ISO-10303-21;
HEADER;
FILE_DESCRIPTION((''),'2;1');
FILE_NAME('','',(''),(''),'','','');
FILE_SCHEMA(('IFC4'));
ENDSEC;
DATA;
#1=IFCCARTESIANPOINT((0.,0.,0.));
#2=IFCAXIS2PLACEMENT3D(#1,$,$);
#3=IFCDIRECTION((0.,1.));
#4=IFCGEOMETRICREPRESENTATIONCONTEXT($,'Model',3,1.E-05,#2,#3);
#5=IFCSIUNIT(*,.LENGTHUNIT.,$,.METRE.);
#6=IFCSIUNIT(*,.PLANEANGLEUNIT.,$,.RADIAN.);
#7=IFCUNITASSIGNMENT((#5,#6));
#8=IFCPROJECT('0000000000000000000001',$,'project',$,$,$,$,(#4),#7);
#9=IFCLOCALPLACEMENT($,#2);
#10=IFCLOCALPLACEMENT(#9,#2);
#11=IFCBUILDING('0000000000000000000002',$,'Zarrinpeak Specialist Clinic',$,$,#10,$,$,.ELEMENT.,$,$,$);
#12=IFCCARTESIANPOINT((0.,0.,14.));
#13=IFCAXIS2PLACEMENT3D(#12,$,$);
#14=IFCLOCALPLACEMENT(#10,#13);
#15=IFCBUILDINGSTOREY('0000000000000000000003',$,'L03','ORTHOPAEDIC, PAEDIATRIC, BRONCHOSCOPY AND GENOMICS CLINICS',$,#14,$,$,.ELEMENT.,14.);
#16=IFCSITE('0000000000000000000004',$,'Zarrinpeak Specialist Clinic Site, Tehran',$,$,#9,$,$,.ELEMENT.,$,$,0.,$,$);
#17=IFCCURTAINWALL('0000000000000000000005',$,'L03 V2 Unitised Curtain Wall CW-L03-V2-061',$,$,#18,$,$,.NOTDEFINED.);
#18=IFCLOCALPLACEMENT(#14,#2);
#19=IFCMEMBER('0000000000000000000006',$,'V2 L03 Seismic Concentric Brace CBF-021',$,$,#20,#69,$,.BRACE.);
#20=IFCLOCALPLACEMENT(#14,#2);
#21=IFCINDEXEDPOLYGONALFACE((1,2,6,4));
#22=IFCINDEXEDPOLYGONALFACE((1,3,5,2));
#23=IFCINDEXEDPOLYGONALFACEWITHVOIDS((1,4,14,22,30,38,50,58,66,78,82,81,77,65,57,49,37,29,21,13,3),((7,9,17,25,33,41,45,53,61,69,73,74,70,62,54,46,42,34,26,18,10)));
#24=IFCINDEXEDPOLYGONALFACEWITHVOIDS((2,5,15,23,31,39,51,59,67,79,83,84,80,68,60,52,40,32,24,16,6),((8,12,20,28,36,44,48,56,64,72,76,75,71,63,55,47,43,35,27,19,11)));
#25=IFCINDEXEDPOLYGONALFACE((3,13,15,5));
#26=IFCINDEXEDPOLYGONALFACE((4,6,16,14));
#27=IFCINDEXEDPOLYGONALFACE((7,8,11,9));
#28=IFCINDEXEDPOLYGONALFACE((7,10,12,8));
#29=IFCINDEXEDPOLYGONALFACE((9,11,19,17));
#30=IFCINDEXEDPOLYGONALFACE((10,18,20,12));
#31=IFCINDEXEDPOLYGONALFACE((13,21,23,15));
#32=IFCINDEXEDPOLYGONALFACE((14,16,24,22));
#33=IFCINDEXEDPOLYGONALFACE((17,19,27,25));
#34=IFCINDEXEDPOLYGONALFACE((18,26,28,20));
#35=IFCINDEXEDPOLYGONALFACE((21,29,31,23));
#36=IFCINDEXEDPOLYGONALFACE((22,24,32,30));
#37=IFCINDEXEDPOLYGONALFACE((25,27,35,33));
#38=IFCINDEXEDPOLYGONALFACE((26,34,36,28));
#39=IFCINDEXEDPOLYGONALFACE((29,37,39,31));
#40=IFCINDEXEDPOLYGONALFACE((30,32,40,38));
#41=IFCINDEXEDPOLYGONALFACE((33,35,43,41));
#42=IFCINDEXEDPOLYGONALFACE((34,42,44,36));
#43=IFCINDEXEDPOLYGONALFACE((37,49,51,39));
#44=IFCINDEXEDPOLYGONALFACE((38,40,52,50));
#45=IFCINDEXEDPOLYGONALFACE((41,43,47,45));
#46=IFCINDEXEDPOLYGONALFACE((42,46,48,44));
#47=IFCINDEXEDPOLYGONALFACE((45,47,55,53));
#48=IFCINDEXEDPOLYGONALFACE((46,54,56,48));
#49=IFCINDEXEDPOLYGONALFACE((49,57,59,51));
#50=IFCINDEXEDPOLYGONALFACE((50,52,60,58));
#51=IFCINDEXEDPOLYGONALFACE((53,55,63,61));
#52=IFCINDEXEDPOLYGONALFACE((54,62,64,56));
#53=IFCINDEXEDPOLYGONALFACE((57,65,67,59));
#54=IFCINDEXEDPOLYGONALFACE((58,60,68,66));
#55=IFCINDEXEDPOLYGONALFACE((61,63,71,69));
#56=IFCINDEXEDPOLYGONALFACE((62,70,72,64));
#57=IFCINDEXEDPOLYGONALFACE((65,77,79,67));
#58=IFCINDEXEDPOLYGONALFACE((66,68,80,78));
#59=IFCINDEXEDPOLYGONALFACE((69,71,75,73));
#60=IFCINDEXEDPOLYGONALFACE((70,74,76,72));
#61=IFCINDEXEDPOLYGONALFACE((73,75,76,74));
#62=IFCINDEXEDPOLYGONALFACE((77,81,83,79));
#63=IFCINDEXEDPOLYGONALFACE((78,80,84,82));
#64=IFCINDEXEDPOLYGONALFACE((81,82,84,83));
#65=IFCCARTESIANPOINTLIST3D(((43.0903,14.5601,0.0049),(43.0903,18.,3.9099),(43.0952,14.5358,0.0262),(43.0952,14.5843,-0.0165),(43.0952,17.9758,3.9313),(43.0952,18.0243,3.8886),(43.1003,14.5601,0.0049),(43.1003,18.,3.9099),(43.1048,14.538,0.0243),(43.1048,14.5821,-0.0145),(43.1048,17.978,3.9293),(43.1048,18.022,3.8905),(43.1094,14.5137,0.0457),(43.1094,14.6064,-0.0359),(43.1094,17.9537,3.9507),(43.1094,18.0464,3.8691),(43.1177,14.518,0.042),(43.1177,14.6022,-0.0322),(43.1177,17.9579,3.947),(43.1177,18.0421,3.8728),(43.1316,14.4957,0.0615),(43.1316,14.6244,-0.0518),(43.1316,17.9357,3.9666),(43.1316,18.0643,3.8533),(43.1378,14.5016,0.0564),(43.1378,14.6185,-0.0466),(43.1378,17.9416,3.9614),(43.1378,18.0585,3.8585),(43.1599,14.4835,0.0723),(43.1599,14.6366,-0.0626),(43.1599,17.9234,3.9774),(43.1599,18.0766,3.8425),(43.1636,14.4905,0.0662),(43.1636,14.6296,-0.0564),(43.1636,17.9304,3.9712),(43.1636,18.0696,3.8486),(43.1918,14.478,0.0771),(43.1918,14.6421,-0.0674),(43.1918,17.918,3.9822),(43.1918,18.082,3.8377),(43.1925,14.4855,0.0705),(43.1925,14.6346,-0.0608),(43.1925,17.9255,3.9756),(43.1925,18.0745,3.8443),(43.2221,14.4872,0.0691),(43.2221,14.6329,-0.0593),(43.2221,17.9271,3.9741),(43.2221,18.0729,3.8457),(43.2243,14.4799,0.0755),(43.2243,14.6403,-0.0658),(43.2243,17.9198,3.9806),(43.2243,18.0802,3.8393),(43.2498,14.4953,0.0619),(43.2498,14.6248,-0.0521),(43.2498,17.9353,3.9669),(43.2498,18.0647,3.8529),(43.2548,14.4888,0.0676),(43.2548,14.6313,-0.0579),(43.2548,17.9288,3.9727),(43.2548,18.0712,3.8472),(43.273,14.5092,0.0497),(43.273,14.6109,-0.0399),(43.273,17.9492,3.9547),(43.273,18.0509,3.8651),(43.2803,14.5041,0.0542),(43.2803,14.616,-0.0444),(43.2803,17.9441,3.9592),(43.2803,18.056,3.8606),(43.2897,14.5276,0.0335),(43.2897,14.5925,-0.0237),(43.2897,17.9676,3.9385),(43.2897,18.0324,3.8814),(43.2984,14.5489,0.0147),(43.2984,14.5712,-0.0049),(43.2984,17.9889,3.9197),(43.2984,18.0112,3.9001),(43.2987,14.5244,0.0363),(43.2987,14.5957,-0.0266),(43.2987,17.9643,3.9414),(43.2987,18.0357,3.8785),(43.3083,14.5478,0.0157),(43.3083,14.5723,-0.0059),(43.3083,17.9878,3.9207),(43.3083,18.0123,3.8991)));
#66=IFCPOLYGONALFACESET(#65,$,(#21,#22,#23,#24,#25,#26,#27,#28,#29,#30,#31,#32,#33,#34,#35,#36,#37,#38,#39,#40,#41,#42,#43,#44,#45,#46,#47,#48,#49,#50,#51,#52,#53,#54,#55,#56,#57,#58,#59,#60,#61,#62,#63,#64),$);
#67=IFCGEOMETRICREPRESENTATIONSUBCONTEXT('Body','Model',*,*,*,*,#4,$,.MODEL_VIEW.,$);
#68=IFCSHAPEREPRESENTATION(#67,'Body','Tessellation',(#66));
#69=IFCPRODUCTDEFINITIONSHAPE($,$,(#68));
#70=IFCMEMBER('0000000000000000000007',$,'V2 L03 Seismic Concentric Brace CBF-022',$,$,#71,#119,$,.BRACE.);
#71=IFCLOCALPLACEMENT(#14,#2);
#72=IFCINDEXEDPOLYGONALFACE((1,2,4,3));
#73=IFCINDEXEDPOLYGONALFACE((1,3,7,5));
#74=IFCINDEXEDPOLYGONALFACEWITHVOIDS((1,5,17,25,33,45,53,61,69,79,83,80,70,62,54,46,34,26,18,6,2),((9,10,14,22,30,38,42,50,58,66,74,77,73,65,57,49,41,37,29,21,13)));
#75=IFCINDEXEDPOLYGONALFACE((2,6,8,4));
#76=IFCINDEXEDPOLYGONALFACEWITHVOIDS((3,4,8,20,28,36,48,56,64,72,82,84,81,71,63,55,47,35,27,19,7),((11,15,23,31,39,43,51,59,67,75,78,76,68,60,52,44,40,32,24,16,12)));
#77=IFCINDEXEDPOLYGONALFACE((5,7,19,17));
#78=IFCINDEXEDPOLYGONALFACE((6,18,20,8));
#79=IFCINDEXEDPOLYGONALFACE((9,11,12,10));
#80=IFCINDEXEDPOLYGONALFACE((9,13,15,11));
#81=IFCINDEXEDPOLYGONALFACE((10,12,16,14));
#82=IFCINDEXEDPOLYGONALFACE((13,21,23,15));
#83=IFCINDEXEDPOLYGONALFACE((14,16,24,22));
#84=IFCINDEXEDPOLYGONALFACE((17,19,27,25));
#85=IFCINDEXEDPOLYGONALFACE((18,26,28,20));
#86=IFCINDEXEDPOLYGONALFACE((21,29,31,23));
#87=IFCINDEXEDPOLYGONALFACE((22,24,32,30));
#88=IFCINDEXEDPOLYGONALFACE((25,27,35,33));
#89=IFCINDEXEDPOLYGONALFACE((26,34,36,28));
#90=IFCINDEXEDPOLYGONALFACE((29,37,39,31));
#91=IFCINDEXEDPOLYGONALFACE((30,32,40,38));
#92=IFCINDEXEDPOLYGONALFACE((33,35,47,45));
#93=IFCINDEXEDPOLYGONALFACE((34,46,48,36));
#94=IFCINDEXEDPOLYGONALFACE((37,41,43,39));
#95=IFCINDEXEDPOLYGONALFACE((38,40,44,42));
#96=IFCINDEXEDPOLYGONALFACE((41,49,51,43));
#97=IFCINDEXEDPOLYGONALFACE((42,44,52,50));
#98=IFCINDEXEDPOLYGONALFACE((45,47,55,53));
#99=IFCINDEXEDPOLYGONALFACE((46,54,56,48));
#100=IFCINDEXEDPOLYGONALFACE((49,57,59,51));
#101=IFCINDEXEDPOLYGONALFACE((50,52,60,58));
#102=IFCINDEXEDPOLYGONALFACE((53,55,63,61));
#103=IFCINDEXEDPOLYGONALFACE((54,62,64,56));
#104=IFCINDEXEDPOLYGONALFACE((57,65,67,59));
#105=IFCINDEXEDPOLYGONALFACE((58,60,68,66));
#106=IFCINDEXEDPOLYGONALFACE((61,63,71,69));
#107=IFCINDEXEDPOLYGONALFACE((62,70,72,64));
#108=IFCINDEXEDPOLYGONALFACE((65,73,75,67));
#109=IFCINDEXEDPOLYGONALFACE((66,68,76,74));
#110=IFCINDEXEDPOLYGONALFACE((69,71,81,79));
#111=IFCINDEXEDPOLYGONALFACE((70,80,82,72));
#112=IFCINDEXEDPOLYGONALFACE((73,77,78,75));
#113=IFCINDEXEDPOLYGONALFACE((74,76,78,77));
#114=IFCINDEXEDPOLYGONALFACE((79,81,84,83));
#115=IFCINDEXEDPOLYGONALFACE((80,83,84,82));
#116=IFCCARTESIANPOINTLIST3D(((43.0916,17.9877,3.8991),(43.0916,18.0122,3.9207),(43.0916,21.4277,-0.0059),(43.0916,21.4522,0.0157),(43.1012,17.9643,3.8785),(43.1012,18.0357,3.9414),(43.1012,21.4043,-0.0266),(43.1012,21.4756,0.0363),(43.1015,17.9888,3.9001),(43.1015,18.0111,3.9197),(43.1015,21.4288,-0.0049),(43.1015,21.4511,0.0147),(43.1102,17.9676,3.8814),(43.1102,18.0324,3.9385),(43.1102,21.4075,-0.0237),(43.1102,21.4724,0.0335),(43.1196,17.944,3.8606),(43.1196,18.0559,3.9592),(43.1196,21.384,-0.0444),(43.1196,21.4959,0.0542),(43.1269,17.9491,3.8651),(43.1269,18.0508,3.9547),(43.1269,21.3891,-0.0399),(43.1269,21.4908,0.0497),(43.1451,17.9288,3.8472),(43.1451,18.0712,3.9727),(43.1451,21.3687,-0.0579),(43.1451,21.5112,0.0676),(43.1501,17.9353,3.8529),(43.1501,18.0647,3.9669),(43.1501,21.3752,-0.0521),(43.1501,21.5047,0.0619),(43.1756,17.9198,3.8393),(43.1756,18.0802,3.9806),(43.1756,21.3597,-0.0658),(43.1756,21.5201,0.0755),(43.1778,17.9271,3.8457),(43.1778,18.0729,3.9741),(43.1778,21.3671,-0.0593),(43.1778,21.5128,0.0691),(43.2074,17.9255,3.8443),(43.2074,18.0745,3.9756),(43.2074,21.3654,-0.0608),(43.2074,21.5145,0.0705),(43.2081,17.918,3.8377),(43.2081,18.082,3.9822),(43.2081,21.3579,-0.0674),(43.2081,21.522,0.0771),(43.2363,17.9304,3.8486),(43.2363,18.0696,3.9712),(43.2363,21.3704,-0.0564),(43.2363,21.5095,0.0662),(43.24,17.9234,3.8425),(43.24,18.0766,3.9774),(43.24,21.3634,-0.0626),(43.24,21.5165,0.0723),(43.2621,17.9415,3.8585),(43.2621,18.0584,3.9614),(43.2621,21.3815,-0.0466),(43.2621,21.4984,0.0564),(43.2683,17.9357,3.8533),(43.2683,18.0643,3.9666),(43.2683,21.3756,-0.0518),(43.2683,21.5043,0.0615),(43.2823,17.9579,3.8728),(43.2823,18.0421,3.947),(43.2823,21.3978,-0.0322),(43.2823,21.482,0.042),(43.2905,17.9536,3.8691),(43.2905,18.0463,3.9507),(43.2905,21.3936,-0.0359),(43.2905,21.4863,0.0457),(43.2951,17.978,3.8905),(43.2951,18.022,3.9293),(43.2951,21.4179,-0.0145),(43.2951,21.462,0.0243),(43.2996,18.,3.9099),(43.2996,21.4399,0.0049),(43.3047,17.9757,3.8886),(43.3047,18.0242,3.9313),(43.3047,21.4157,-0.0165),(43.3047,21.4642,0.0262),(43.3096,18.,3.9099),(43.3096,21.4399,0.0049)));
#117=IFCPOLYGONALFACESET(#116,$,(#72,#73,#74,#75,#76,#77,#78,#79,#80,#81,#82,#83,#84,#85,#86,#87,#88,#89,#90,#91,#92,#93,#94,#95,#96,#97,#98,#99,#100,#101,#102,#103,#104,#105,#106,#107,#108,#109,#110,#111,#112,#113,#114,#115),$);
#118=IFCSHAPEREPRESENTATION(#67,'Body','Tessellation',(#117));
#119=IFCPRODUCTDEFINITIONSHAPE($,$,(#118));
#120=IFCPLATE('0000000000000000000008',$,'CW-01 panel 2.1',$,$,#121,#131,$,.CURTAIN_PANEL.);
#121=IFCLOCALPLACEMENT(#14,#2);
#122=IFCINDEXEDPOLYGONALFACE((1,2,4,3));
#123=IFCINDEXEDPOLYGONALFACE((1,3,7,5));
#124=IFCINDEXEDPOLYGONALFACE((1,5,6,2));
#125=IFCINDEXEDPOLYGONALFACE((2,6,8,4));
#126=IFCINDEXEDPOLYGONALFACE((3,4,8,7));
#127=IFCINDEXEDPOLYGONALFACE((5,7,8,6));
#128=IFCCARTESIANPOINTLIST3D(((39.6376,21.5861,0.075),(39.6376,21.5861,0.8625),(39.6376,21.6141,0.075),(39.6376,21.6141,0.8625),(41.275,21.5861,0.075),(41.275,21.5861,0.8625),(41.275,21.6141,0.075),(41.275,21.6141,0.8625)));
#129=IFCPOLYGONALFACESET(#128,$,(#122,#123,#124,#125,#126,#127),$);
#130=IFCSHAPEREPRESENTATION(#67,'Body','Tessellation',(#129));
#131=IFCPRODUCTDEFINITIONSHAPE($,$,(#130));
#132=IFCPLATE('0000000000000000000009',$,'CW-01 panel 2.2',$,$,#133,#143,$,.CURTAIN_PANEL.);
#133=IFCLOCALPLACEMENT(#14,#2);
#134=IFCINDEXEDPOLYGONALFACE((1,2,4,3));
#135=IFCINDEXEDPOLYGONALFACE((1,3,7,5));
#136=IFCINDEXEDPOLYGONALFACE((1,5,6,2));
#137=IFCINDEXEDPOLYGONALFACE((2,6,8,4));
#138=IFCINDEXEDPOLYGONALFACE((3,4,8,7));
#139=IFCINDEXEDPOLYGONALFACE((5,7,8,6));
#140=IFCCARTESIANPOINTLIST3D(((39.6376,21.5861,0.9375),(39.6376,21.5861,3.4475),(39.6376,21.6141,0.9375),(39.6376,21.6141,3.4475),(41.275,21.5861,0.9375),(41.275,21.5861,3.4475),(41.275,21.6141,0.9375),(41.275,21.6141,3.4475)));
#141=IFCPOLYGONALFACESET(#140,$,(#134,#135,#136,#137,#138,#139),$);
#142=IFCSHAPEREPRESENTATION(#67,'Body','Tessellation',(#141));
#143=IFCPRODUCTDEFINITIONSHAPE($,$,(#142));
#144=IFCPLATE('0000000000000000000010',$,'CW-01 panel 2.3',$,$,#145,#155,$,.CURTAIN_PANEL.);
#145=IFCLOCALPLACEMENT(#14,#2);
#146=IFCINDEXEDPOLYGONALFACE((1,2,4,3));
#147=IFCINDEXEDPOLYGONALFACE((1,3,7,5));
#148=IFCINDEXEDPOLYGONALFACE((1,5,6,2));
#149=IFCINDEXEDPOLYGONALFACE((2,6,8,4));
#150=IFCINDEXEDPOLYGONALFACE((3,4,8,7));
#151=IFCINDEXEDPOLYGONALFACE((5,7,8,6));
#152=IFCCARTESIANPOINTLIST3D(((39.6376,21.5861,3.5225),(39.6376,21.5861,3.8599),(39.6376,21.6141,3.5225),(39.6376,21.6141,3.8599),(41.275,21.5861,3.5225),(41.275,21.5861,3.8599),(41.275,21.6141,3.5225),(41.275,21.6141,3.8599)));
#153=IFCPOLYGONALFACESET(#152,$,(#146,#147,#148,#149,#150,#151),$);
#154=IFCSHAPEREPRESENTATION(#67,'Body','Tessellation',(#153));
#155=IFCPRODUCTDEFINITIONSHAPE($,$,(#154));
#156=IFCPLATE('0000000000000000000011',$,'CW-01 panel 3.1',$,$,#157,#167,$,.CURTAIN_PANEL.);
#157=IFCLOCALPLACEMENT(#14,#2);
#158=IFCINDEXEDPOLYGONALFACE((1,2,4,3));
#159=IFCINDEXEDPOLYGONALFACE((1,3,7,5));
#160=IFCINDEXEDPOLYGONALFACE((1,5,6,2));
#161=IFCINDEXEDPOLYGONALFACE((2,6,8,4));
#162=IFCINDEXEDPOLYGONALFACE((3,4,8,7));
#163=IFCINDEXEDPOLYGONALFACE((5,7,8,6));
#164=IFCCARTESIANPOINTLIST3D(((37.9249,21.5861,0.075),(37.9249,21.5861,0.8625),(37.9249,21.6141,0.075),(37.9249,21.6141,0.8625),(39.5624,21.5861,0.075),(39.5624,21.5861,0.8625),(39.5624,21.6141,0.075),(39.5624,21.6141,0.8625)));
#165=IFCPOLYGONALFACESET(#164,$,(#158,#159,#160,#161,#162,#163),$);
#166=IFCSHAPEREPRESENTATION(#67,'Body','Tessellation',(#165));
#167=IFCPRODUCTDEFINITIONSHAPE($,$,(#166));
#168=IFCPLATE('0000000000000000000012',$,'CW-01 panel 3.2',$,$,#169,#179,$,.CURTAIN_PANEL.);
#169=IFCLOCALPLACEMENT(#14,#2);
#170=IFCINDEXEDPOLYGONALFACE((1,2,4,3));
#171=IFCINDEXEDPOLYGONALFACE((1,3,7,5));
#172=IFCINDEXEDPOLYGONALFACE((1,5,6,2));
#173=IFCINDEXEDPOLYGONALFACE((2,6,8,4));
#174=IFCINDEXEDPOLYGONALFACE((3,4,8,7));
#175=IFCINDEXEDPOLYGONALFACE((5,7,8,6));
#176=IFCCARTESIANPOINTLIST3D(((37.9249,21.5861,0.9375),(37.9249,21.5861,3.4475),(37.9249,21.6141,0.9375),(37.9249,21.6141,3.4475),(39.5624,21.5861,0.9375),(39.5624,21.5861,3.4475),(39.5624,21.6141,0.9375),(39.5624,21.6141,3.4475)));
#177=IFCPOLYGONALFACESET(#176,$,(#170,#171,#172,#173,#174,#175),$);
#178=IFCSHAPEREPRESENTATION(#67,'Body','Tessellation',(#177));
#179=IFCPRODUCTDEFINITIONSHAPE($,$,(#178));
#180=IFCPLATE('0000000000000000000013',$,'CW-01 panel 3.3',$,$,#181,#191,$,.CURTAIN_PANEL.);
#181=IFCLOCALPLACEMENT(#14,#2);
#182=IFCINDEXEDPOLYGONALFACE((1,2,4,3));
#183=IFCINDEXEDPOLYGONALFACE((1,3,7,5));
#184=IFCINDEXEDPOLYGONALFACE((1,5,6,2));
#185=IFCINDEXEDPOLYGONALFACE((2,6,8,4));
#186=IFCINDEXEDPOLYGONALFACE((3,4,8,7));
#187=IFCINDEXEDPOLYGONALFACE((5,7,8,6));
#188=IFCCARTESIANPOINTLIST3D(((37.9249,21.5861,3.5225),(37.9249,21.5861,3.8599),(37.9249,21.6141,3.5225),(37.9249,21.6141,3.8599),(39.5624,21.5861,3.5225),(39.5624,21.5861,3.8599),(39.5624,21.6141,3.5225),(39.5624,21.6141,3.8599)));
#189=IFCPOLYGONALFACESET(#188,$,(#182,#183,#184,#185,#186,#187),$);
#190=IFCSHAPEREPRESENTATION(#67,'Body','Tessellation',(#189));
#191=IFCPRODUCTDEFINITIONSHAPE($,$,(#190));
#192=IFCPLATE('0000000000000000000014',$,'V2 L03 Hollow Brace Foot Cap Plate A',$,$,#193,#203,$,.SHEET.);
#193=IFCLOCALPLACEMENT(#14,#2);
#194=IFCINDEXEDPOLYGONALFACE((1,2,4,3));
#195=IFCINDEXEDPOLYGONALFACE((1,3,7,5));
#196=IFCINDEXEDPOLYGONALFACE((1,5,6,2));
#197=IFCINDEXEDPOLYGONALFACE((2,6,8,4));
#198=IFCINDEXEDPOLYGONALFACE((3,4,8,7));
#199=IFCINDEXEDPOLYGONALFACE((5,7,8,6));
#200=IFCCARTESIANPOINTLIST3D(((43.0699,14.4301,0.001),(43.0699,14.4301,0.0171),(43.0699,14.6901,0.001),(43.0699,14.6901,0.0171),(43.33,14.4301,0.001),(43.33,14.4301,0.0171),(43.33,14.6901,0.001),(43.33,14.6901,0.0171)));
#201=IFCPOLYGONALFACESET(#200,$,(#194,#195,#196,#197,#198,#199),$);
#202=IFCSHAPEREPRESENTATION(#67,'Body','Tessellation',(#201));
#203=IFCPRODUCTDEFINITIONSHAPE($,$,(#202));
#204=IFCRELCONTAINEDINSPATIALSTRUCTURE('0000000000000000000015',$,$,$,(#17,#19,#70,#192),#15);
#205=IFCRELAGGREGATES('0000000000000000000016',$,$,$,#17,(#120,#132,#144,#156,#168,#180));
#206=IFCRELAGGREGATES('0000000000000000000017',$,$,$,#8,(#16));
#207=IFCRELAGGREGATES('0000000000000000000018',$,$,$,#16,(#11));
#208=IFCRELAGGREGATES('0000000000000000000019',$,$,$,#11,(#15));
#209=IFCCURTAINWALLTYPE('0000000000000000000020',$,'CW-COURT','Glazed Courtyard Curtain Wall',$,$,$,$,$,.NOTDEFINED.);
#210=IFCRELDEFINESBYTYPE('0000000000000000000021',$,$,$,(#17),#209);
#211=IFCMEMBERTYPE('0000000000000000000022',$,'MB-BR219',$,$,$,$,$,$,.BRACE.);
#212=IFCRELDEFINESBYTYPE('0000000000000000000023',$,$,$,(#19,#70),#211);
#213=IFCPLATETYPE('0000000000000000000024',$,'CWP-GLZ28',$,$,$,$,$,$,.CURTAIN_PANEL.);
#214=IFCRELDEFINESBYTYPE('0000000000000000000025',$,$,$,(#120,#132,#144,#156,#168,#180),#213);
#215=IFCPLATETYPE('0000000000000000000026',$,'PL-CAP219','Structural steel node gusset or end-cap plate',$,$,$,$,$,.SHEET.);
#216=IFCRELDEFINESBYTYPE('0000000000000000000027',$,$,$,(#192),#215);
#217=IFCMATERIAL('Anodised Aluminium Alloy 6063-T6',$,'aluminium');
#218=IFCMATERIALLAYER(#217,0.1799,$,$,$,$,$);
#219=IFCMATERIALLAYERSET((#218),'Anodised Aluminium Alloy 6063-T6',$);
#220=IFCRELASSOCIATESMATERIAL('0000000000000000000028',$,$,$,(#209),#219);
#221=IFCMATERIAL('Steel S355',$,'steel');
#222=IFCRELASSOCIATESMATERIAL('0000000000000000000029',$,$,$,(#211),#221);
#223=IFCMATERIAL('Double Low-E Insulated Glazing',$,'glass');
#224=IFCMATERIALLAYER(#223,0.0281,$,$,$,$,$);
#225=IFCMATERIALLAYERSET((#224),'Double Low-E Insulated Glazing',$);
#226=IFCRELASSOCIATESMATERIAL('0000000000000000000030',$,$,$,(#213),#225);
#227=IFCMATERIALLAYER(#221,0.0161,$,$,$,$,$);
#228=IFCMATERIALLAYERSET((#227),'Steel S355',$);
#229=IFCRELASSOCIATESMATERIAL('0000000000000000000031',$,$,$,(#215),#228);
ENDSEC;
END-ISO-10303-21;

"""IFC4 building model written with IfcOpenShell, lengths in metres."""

from ifc_helpers import new_model, si_unit, direction, frame, origin, origin_2d, place, context, subcontext, project, spatial, rectangle, hollow_circle, extrude, material, layer, layer_set, material_profile, profile_set, type_object, element, aggregate, save


model = new_model("IFC4")

# Units and contexts
model_context = context("Model", 3, precision=1e-05, world=origin(), true_north=direction((0.0, 1.0)))
body_context = subcontext(model_context, "Body", "Model", "MODEL_VIEW")
ifc_project = project(units=[si_unit("LENGTHUNIT", "METRE"), si_unit("PLANEANGLEUNIT", "RADIAN")], contexts=[model_context])

# Site, building, storey
site_placement = place(None, origin())
site = spatial("IfcSite", under=ifc_project, at=site_placement, Name="Zarrinpeak Specialist Clinic Site, Tehran", CompositionType="ELEMENT", RefElevation=0.0)
building_placement = place(site_placement, origin())
building = spatial("IfcBuilding", under=site, at=building_placement, Name="Zarrinpeak Specialist Clinic", CompositionType="ELEMENT")
storey_placement = place(building_placement, frame((0.0, 0.0, 14.0)))
storey = spatial("IfcBuildingStorey", under=building, at=storey_placement, Name="L03", Description="ORTHOPAEDIC, PAEDIATRIC, BRONCHOSCOPY AND GENOMICS CLINICS", CompositionType="ELEMENT", Elevation=14.0)

# Shared definitions
ifc_material_1 = material(Name="Steel S355", Category="steel")

# Curtain wall
ifc_material_2 = material(Name="Anodised Aluminium Alloy 6063-T6", Category="aluminium")
ifc_layer_1 = layer(ifc_material_2, 0.1799)
ifc_layer_set_1 = layer_set([ifc_layer_1], Name="Anodised Aluminium Alloy 6063-T6")
curtain_wall_type = type_object("IfcCurtainWallType", Name="CW-COURT", Description="Glazed Courtyard Curtain Wall", PredefinedType="NOTDEFINED", material=ifc_layer_set_1)
curtain_wall_placement = place(storey_placement, origin())
curtain_wall = element("IfcCurtainWall", 1, at=curtain_wall_placement, inside=storey, type_object=curtain_wall_type, Name="L03 V2 Unitised Curtain Wall CW-L03-V2-061", PredefinedType="NOTDEFINED")

# Members
ifc_material_profile_1 = material_profile(ifc_material_1, hollow_circle(Radius=0.1096, WallThickness=0.01, at=origin_2d()), Name="CHS 219.1x10.0")
ifc_profile_set_1 = profile_set([ifc_material_profile_1], Name="Steel S355")
member_type_1 = type_object("IfcMemberType", Name="MB-BR219", PredefinedType="BRACE", material=ifc_profile_set_1)
for number, where, z_axis, x_axis, name in (
    (2, (43.2, 14.5601, 0.0049), (0.0, 0.661009, 0.750378), (-1.0, 0.0, 0.0), "V2 L03 Seismic Concentric Brace CBF-021"),
    (3, (43.2, 21.4399, 0.0049), (0.0, -0.661009, 0.750378), (1.0, 0.0, 0.0), "V2 L03 Seismic Concentric Brace CBF-022"),
):
    element("IfcMember", number, at=place(storey_placement, frame(where, z_axis=z_axis, x_axis=x_axis)), inside=storey, type_object=member_type_1, Name=name, PredefinedType="BRACE", context=body_context, shape_type="SweptSolid", body=[
        extrude(hollow_circle(Radius=0.1096, WallThickness=0.01, at=origin_2d()), origin(), (0.0, 0.0, 1.0), 5.2041),
    ])

# Plates
ifc_material_3 = material(Name="Double Low-E Insulated Glazing", Category="glass")
ifc_layer_2 = layer(ifc_material_3, 0.0281)
ifc_layer_set_2 = layer_set([ifc_layer_2], Name="Double Low-E Insulated Glazing")
plate_type_1 = type_object("IfcPlateType", Name="CWP-GLZ28", PredefinedType="CURTAIN_PANEL", material=ifc_layer_set_2)
plate_1_placement = place(storey_placement, frame((40.4563, 21.6001, 0.075), z_axis=(0.0, 0.0, 1.0), x_axis=(-1.0, 0.0, 0.0)))
plate_1 = element("IfcPlate", 4, at=plate_1_placement, type_object=plate_type_1, Name="CW-01 panel 2.1", PredefinedType="CURTAIN_PANEL", context=body_context, shape_type="SweptSolid", body=[
    extrude(rectangle(XDim=1.6375, YDim=0.0281, at=origin_2d()), origin(), (0.0, 0.0, 1.0), 0.7876),
])
plate_2_placement = place(storey_placement, frame((40.4563, 21.6001, 0.9375), z_axis=(0.0, 0.0, 1.0), x_axis=(-1.0, 0.0, 0.0)))
plate_2 = element("IfcPlate", 5, at=plate_2_placement, type_object=plate_type_1, Name="CW-01 panel 2.2", PredefinedType="CURTAIN_PANEL", context=body_context, shape_type="SweptSolid", body=[
    extrude(rectangle(XDim=1.6375, YDim=0.0281, at=origin_2d()), origin(), (0.0, 0.0, 1.0), 2.51),
])
plate_3_placement = place(storey_placement, frame((40.4563, 21.6001, 3.5225), z_axis=(0.0, 0.0, 1.0), x_axis=(-1.0, 0.0, 0.0)))
plate_3 = element("IfcPlate", 6, at=plate_3_placement, type_object=plate_type_1, Name="CW-01 panel 2.3", PredefinedType="CURTAIN_PANEL", context=body_context, shape_type="SweptSolid", body=[
    extrude(rectangle(XDim=1.6375, YDim=0.0281, at=origin_2d()), origin(), (0.0, 0.0, 1.0), 0.3374),
])
plate_4_placement = place(storey_placement, frame((38.7437, 21.6001, 0.075), z_axis=(0.0, 0.0, 1.0), x_axis=(-1.0, 0.0, 0.0)))
plate_4 = element("IfcPlate", 7, at=plate_4_placement, type_object=plate_type_1, Name="CW-01 panel 3.1", PredefinedType="CURTAIN_PANEL", context=body_context, shape_type="SweptSolid", body=[
    extrude(rectangle(XDim=1.6375, YDim=0.0281, at=origin_2d()), origin(), (0.0, 0.0, 1.0), 0.7876),
])
plate_5_placement = place(storey_placement, frame((38.7437, 21.6001, 0.9375), z_axis=(0.0, 0.0, 1.0), x_axis=(-1.0, 0.0, 0.0)))
plate_5 = element("IfcPlate", 8, at=plate_5_placement, type_object=plate_type_1, Name="CW-01 panel 3.2", PredefinedType="CURTAIN_PANEL", context=body_context, shape_type="SweptSolid", body=[
    extrude(rectangle(XDim=1.6375, YDim=0.0281, at=origin_2d()), origin(), (0.0, 0.0, 1.0), 2.51),
])
plate_6_placement = place(storey_placement, frame((38.7437, 21.6001, 3.5225), z_axis=(0.0, 0.0, 1.0), x_axis=(-1.0, 0.0, 0.0)))
plate_6 = element("IfcPlate", 9, at=plate_6_placement, type_object=plate_type_1, Name="CW-01 panel 3.3", PredefinedType="CURTAIN_PANEL", context=body_context, shape_type="SweptSolid", body=[
    extrude(rectangle(XDim=1.6375, YDim=0.0281, at=origin_2d()), origin(), (0.0, 0.0, 1.0), 0.3374),
])
aggregate(curtain_wall, [plate_1, plate_2, plate_3, plate_4, plate_5, plate_6])

# Plate
ifc_layer_3 = layer(ifc_material_1, 0.0161)
ifc_layer_set_3 = layer_set([ifc_layer_3], Name="Steel S355")
plate_type_2 = type_object("IfcPlateType", Name="PL-CAP219", Description="Structural steel node gusset or end-cap plate", PredefinedType="SHEET", material=ifc_layer_set_3)
plate_7_placement = place(storey_placement, frame((43.2, 14.5601, 0.001), z_axis=(0.0, 0.0, 1.0), x_axis=(1.0, 0.0, 0.0)))
element("IfcPlate", 10, at=plate_7_placement, inside=storey, type_object=plate_type_2, Name="V2 L03 Hollow Brace Foot Cap Plate A", PredefinedType="SHEET", context=body_context, shape_type="SweptSolid", body=[
    extrude(rectangle(XDim=0.26, YDim=0.26, at=origin_2d()), origin(), (0.0, 0.0, 1.0), 0.0161),
])

save(model, "model.ifc")
